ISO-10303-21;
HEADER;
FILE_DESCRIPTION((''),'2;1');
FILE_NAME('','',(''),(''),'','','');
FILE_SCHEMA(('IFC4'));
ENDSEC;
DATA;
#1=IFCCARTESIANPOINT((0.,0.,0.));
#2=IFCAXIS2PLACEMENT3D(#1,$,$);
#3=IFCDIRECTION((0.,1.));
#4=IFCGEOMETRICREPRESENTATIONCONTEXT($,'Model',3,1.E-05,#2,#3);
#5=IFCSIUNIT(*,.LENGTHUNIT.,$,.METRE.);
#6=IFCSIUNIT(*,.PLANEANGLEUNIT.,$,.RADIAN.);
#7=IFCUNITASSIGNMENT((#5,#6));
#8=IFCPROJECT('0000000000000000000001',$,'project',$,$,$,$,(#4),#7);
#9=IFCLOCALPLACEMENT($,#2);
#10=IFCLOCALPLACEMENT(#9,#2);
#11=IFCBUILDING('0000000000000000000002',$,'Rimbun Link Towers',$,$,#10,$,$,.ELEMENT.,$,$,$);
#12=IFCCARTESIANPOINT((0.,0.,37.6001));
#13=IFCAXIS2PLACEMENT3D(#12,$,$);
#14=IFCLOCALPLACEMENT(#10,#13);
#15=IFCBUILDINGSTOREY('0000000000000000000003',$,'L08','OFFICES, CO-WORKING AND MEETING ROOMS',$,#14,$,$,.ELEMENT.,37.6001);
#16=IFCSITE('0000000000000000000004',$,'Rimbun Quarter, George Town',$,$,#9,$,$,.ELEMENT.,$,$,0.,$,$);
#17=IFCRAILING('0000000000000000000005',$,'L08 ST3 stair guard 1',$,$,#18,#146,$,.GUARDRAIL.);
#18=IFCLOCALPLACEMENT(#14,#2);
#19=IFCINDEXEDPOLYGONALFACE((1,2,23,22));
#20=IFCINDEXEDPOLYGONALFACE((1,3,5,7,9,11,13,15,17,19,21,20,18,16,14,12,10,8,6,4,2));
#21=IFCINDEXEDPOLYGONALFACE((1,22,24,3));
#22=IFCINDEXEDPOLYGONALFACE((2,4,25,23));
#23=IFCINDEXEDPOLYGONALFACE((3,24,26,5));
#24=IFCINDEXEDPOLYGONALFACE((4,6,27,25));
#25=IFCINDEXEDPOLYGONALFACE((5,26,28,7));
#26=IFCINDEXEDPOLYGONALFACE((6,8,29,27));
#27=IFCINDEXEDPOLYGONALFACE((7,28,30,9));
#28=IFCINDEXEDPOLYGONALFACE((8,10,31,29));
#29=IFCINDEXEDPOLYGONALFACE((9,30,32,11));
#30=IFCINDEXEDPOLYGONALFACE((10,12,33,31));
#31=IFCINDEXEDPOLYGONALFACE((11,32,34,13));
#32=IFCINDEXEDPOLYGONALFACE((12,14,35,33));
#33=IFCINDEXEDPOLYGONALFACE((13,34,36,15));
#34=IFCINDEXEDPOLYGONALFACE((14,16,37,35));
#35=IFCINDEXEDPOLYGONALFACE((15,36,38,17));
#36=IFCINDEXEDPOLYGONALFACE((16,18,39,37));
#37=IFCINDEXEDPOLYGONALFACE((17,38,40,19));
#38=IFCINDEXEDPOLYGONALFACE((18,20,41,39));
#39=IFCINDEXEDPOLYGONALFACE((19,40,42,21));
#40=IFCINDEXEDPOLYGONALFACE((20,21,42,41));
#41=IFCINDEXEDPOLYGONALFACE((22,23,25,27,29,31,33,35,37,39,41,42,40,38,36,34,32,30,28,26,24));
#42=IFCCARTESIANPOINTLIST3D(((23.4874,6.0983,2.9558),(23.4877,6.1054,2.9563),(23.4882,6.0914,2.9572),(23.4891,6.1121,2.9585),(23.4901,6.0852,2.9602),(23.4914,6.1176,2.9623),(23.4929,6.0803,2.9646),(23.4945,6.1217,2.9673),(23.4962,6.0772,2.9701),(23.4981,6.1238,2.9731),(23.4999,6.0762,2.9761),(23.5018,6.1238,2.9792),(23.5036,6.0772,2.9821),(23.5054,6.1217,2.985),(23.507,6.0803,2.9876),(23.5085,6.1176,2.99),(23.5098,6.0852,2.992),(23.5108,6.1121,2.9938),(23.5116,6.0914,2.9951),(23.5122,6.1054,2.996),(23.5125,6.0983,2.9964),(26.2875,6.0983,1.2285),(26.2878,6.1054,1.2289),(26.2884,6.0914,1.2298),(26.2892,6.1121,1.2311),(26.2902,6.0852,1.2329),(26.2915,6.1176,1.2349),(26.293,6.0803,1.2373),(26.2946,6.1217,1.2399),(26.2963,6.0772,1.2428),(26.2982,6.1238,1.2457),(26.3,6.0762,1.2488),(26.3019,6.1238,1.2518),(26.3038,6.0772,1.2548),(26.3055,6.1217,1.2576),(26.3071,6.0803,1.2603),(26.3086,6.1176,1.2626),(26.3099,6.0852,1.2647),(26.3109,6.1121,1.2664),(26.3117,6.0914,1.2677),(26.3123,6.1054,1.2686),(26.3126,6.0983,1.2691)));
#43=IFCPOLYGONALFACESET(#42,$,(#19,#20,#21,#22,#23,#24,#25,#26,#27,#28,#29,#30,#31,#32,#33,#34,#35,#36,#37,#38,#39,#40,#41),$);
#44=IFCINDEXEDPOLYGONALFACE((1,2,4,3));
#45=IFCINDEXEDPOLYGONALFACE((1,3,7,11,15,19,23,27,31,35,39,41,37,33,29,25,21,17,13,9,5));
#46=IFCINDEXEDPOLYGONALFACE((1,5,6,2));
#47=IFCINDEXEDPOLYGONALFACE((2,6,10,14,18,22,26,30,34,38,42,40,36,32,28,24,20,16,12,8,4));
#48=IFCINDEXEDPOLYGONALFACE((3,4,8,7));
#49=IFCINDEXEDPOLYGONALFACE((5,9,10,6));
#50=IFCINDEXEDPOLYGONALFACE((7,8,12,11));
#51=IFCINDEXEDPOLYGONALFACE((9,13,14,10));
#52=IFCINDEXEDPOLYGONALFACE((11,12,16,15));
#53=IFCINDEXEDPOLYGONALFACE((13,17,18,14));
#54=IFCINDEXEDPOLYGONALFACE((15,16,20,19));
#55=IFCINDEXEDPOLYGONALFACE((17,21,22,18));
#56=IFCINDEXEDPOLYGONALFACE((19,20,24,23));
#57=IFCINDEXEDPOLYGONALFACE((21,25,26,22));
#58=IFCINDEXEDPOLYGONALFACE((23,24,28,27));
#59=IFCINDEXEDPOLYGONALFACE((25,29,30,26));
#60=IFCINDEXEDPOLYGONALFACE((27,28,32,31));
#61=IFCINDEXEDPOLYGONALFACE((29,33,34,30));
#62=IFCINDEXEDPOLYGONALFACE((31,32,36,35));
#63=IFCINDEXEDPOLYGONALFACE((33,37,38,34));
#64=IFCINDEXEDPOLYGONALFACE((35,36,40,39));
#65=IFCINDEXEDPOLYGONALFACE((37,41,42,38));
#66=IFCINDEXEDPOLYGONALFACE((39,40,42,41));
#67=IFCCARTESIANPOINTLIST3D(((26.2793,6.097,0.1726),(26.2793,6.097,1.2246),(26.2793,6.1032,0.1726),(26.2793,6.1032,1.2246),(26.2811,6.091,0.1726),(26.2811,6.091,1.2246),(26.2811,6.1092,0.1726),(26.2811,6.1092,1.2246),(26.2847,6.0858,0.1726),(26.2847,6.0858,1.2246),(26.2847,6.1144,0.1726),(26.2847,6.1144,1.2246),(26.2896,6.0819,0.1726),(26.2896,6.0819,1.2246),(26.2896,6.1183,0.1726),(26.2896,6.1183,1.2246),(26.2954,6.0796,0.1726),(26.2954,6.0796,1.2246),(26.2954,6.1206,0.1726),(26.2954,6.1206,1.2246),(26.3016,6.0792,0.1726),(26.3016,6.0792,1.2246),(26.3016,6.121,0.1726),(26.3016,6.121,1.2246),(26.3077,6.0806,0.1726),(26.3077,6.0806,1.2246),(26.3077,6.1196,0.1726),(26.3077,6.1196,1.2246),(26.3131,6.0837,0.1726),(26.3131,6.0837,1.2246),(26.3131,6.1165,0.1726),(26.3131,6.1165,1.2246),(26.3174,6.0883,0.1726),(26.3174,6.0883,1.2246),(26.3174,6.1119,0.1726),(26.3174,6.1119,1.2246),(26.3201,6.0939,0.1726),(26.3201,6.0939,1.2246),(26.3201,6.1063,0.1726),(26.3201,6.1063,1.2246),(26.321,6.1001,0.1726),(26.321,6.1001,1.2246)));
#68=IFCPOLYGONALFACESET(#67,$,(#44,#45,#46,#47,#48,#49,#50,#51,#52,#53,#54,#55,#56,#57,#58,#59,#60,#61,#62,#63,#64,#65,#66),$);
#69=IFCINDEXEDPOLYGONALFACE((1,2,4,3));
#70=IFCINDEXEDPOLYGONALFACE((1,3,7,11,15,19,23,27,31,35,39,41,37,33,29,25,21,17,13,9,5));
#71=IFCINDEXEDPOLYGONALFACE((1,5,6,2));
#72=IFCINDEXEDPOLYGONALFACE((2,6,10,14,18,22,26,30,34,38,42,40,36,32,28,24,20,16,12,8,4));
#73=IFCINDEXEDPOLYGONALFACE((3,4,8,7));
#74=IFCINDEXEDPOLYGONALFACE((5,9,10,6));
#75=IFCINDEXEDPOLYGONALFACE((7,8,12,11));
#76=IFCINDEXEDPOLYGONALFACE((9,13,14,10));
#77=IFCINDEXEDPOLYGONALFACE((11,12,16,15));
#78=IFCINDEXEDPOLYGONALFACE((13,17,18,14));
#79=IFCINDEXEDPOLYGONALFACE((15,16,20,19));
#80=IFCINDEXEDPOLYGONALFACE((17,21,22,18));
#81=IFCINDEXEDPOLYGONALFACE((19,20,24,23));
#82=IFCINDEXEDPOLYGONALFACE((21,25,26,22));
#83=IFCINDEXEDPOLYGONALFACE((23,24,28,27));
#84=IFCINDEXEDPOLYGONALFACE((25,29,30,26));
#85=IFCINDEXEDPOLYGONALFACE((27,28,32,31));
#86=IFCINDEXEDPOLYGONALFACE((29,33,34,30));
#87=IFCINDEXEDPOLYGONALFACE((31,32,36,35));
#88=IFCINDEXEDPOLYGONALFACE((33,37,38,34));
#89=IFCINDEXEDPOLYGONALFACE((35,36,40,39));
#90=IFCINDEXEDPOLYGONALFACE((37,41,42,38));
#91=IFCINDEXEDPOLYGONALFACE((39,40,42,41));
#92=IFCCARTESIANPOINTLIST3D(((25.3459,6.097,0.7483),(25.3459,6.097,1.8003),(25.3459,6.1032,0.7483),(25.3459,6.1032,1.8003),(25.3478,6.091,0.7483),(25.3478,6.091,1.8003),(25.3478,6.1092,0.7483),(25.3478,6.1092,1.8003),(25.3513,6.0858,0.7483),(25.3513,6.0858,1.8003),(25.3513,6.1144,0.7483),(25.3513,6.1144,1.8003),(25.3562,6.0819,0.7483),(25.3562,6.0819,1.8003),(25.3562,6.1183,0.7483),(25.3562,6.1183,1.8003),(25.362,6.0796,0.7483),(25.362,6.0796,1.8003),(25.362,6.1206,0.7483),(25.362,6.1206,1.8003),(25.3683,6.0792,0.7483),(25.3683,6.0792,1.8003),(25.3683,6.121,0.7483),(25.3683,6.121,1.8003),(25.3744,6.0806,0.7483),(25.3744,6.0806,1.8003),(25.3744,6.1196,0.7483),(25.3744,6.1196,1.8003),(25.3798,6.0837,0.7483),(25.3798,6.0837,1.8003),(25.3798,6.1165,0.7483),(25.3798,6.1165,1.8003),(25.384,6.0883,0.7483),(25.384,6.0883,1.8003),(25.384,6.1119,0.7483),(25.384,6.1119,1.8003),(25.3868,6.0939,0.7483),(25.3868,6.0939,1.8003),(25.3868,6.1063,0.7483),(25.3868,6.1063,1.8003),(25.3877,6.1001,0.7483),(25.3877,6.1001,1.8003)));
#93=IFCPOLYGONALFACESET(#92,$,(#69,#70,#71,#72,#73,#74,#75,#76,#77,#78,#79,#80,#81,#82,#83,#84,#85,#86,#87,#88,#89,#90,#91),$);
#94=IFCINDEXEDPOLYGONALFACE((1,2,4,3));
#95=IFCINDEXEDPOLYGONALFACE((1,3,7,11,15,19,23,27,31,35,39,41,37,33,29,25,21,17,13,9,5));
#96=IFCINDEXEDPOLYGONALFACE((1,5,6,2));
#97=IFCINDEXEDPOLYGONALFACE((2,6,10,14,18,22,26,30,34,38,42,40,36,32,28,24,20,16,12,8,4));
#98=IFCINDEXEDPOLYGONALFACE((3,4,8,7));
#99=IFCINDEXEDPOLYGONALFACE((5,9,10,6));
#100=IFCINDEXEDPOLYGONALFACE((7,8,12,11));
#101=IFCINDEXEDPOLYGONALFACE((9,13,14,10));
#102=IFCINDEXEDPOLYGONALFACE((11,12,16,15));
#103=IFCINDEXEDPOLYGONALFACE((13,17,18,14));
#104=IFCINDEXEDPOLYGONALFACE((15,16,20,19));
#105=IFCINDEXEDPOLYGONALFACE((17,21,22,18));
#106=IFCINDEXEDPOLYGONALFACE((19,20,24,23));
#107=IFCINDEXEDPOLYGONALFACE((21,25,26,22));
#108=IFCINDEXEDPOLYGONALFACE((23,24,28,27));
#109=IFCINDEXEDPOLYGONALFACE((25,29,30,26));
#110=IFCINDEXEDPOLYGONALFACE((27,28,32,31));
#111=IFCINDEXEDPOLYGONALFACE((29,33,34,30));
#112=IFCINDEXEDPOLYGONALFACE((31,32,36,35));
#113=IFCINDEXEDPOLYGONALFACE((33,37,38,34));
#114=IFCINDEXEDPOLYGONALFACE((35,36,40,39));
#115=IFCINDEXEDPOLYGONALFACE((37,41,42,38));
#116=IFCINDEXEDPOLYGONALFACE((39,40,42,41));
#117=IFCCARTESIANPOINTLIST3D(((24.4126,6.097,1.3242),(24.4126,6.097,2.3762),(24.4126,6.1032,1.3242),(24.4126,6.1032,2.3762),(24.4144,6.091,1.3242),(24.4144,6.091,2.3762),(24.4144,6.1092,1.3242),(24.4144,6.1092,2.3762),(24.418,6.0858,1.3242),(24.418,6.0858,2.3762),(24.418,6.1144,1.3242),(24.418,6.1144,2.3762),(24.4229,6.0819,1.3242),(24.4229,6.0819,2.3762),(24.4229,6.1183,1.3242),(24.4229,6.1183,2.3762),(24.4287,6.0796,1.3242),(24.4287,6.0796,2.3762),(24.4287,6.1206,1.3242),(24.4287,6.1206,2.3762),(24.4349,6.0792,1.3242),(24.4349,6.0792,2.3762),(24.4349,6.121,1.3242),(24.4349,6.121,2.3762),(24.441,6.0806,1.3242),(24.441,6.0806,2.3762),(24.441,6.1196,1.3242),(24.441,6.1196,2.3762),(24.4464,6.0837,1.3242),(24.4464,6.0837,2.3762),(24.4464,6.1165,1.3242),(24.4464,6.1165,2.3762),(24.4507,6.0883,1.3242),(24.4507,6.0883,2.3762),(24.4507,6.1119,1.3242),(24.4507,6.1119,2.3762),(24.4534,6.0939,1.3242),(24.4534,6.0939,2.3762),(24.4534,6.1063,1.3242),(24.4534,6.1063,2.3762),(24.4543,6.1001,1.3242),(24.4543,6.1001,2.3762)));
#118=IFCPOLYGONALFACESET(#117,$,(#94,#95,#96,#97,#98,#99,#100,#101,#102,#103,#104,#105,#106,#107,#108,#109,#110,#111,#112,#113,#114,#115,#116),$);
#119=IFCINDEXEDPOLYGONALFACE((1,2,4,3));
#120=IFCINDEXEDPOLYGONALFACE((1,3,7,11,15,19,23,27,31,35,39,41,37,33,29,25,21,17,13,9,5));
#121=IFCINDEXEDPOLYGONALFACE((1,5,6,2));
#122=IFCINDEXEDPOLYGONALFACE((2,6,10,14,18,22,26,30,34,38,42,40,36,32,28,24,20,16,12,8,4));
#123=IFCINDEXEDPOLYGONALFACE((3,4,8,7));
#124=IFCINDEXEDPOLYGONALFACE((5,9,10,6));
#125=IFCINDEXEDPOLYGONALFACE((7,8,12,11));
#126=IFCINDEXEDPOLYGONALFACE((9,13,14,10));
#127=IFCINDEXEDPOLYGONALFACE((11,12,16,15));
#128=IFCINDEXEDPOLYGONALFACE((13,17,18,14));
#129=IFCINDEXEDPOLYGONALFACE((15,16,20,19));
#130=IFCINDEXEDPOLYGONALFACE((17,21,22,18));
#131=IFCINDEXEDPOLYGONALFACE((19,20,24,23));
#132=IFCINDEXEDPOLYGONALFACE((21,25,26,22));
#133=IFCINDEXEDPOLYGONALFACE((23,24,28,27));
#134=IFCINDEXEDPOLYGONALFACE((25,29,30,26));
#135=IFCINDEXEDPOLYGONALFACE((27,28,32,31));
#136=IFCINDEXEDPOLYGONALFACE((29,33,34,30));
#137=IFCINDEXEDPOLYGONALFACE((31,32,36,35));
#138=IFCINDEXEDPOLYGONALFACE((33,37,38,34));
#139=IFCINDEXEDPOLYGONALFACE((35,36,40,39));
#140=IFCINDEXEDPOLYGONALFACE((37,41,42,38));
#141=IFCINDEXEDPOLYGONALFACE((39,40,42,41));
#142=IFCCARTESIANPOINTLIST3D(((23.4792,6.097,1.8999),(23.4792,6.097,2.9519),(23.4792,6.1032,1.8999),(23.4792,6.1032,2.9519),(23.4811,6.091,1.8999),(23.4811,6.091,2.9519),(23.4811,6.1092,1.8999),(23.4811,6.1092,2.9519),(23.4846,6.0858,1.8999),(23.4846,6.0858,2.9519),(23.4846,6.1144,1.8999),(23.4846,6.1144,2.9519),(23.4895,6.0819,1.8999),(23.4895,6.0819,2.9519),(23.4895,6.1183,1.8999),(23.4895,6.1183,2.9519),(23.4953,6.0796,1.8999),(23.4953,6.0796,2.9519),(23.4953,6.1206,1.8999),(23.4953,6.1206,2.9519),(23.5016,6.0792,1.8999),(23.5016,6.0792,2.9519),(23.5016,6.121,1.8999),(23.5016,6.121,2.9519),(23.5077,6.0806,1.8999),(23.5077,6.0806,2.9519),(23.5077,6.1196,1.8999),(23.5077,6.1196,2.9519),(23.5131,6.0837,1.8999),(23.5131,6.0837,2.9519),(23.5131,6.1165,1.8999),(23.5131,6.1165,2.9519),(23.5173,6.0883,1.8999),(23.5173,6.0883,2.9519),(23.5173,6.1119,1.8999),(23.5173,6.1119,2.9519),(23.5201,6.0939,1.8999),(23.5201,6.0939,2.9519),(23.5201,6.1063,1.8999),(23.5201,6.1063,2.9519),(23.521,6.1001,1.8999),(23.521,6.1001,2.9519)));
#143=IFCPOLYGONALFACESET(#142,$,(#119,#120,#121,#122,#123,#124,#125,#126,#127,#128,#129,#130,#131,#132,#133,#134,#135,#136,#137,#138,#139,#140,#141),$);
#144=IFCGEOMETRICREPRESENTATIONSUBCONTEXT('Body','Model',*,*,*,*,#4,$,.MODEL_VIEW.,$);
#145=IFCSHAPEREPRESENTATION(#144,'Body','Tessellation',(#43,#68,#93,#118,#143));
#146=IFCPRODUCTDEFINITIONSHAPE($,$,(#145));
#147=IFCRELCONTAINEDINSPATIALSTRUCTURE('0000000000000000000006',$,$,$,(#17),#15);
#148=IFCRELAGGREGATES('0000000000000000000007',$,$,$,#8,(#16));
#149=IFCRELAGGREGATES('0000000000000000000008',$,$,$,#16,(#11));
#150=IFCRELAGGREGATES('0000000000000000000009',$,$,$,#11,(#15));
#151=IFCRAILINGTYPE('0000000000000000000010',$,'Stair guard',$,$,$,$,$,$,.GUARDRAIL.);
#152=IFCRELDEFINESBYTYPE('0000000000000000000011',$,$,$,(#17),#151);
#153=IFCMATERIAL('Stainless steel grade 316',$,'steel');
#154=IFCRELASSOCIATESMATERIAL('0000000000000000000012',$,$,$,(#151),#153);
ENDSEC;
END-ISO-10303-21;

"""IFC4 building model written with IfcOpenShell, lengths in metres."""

from ifc_helpers import new_model, si_unit, direction, frame, origin, origin_2d, place, context, subcontext, project, spatial, circle, extrude, material, type_object, element, save


model = new_model("IFC4")

# Units and contexts
model_context = context("Model", 3, precision=1e-05, world=origin(), true_north=direction((0.0, 1.0)))
body_context = subcontext(model_context, "Body", "Model", "MODEL_VIEW")
ifc_project = project(units=[si_unit("LENGTHUNIT", "METRE"), si_unit("PLANEANGLEUNIT", "RADIAN")], contexts=[model_context])

# Site, building, storey
site_placement = place(None, origin())
site = spatial("IfcSite", under=ifc_project, at=site_placement, Name="Rimbun Quarter, George Town", CompositionType="ELEMENT", RefElevation=0.0)
building_placement = place(site_placement, origin())
building = spatial("IfcBuilding", under=site, at=building_placement, Name="Rimbun Link Towers", CompositionType="ELEMENT")
storey_placement = place(building_placement, frame((0.0, 0.0, 37.6001)))
storey = spatial("IfcBuildingStorey", under=building, at=storey_placement, Name="L08", Description="OFFICES, CO-WORKING AND MEETING ROOMS", CompositionType="ELEMENT", Elevation=37.6001)

# Railing
ifc_material_1 = material(Name="Stainless steel grade 316", Category="steel")
railing_type_1 = type_object("IfcRailingType", Name="Stair guard", PredefinedType="GUARDRAIL", material=ifc_material_1)
railing_1_placement = place(storey_placement, frame((26.3, 6.1001, 0.1726)))
element("IfcRailing", 1, at=railing_1_placement, inside=storey, type_object=railing_type_1, Name="L08 ST3 stair guard 1", PredefinedType="GUARDRAIL", context=body_context, shape_type="SweptSolid", body=[
    extrude(circle(Radius=0.0239, at=origin_2d()), frame((0.0, 0.0, 1.0762), z_axis=(-0.85109, 0.0, 0.52502), x_axis=(0.0, -1.0, 0.0)), (0.0, 0.0, 1.0), 3.29),
    extrude(circle(Radius=0.021, at=origin_2d()), origin(), (0.0, 0.0, 1.0), 1.052),
    extrude(circle(Radius=0.021, at=origin_2d()), frame((-0.9333, 0.0, 0.5757)), (0.0, 0.0, 1.0), 1.052),
    extrude(circle(Radius=0.021, at=origin_2d()), frame((-1.8667, 0.0, 1.1516)), (0.0, 0.0, 1.0), 1.052),
    extrude(circle(Radius=0.021, at=origin_2d()), frame((-2.8, 0.0, 1.7273)), (0.0, 0.0, 1.0), 1.052),
])

save(model, "model.ifc")
